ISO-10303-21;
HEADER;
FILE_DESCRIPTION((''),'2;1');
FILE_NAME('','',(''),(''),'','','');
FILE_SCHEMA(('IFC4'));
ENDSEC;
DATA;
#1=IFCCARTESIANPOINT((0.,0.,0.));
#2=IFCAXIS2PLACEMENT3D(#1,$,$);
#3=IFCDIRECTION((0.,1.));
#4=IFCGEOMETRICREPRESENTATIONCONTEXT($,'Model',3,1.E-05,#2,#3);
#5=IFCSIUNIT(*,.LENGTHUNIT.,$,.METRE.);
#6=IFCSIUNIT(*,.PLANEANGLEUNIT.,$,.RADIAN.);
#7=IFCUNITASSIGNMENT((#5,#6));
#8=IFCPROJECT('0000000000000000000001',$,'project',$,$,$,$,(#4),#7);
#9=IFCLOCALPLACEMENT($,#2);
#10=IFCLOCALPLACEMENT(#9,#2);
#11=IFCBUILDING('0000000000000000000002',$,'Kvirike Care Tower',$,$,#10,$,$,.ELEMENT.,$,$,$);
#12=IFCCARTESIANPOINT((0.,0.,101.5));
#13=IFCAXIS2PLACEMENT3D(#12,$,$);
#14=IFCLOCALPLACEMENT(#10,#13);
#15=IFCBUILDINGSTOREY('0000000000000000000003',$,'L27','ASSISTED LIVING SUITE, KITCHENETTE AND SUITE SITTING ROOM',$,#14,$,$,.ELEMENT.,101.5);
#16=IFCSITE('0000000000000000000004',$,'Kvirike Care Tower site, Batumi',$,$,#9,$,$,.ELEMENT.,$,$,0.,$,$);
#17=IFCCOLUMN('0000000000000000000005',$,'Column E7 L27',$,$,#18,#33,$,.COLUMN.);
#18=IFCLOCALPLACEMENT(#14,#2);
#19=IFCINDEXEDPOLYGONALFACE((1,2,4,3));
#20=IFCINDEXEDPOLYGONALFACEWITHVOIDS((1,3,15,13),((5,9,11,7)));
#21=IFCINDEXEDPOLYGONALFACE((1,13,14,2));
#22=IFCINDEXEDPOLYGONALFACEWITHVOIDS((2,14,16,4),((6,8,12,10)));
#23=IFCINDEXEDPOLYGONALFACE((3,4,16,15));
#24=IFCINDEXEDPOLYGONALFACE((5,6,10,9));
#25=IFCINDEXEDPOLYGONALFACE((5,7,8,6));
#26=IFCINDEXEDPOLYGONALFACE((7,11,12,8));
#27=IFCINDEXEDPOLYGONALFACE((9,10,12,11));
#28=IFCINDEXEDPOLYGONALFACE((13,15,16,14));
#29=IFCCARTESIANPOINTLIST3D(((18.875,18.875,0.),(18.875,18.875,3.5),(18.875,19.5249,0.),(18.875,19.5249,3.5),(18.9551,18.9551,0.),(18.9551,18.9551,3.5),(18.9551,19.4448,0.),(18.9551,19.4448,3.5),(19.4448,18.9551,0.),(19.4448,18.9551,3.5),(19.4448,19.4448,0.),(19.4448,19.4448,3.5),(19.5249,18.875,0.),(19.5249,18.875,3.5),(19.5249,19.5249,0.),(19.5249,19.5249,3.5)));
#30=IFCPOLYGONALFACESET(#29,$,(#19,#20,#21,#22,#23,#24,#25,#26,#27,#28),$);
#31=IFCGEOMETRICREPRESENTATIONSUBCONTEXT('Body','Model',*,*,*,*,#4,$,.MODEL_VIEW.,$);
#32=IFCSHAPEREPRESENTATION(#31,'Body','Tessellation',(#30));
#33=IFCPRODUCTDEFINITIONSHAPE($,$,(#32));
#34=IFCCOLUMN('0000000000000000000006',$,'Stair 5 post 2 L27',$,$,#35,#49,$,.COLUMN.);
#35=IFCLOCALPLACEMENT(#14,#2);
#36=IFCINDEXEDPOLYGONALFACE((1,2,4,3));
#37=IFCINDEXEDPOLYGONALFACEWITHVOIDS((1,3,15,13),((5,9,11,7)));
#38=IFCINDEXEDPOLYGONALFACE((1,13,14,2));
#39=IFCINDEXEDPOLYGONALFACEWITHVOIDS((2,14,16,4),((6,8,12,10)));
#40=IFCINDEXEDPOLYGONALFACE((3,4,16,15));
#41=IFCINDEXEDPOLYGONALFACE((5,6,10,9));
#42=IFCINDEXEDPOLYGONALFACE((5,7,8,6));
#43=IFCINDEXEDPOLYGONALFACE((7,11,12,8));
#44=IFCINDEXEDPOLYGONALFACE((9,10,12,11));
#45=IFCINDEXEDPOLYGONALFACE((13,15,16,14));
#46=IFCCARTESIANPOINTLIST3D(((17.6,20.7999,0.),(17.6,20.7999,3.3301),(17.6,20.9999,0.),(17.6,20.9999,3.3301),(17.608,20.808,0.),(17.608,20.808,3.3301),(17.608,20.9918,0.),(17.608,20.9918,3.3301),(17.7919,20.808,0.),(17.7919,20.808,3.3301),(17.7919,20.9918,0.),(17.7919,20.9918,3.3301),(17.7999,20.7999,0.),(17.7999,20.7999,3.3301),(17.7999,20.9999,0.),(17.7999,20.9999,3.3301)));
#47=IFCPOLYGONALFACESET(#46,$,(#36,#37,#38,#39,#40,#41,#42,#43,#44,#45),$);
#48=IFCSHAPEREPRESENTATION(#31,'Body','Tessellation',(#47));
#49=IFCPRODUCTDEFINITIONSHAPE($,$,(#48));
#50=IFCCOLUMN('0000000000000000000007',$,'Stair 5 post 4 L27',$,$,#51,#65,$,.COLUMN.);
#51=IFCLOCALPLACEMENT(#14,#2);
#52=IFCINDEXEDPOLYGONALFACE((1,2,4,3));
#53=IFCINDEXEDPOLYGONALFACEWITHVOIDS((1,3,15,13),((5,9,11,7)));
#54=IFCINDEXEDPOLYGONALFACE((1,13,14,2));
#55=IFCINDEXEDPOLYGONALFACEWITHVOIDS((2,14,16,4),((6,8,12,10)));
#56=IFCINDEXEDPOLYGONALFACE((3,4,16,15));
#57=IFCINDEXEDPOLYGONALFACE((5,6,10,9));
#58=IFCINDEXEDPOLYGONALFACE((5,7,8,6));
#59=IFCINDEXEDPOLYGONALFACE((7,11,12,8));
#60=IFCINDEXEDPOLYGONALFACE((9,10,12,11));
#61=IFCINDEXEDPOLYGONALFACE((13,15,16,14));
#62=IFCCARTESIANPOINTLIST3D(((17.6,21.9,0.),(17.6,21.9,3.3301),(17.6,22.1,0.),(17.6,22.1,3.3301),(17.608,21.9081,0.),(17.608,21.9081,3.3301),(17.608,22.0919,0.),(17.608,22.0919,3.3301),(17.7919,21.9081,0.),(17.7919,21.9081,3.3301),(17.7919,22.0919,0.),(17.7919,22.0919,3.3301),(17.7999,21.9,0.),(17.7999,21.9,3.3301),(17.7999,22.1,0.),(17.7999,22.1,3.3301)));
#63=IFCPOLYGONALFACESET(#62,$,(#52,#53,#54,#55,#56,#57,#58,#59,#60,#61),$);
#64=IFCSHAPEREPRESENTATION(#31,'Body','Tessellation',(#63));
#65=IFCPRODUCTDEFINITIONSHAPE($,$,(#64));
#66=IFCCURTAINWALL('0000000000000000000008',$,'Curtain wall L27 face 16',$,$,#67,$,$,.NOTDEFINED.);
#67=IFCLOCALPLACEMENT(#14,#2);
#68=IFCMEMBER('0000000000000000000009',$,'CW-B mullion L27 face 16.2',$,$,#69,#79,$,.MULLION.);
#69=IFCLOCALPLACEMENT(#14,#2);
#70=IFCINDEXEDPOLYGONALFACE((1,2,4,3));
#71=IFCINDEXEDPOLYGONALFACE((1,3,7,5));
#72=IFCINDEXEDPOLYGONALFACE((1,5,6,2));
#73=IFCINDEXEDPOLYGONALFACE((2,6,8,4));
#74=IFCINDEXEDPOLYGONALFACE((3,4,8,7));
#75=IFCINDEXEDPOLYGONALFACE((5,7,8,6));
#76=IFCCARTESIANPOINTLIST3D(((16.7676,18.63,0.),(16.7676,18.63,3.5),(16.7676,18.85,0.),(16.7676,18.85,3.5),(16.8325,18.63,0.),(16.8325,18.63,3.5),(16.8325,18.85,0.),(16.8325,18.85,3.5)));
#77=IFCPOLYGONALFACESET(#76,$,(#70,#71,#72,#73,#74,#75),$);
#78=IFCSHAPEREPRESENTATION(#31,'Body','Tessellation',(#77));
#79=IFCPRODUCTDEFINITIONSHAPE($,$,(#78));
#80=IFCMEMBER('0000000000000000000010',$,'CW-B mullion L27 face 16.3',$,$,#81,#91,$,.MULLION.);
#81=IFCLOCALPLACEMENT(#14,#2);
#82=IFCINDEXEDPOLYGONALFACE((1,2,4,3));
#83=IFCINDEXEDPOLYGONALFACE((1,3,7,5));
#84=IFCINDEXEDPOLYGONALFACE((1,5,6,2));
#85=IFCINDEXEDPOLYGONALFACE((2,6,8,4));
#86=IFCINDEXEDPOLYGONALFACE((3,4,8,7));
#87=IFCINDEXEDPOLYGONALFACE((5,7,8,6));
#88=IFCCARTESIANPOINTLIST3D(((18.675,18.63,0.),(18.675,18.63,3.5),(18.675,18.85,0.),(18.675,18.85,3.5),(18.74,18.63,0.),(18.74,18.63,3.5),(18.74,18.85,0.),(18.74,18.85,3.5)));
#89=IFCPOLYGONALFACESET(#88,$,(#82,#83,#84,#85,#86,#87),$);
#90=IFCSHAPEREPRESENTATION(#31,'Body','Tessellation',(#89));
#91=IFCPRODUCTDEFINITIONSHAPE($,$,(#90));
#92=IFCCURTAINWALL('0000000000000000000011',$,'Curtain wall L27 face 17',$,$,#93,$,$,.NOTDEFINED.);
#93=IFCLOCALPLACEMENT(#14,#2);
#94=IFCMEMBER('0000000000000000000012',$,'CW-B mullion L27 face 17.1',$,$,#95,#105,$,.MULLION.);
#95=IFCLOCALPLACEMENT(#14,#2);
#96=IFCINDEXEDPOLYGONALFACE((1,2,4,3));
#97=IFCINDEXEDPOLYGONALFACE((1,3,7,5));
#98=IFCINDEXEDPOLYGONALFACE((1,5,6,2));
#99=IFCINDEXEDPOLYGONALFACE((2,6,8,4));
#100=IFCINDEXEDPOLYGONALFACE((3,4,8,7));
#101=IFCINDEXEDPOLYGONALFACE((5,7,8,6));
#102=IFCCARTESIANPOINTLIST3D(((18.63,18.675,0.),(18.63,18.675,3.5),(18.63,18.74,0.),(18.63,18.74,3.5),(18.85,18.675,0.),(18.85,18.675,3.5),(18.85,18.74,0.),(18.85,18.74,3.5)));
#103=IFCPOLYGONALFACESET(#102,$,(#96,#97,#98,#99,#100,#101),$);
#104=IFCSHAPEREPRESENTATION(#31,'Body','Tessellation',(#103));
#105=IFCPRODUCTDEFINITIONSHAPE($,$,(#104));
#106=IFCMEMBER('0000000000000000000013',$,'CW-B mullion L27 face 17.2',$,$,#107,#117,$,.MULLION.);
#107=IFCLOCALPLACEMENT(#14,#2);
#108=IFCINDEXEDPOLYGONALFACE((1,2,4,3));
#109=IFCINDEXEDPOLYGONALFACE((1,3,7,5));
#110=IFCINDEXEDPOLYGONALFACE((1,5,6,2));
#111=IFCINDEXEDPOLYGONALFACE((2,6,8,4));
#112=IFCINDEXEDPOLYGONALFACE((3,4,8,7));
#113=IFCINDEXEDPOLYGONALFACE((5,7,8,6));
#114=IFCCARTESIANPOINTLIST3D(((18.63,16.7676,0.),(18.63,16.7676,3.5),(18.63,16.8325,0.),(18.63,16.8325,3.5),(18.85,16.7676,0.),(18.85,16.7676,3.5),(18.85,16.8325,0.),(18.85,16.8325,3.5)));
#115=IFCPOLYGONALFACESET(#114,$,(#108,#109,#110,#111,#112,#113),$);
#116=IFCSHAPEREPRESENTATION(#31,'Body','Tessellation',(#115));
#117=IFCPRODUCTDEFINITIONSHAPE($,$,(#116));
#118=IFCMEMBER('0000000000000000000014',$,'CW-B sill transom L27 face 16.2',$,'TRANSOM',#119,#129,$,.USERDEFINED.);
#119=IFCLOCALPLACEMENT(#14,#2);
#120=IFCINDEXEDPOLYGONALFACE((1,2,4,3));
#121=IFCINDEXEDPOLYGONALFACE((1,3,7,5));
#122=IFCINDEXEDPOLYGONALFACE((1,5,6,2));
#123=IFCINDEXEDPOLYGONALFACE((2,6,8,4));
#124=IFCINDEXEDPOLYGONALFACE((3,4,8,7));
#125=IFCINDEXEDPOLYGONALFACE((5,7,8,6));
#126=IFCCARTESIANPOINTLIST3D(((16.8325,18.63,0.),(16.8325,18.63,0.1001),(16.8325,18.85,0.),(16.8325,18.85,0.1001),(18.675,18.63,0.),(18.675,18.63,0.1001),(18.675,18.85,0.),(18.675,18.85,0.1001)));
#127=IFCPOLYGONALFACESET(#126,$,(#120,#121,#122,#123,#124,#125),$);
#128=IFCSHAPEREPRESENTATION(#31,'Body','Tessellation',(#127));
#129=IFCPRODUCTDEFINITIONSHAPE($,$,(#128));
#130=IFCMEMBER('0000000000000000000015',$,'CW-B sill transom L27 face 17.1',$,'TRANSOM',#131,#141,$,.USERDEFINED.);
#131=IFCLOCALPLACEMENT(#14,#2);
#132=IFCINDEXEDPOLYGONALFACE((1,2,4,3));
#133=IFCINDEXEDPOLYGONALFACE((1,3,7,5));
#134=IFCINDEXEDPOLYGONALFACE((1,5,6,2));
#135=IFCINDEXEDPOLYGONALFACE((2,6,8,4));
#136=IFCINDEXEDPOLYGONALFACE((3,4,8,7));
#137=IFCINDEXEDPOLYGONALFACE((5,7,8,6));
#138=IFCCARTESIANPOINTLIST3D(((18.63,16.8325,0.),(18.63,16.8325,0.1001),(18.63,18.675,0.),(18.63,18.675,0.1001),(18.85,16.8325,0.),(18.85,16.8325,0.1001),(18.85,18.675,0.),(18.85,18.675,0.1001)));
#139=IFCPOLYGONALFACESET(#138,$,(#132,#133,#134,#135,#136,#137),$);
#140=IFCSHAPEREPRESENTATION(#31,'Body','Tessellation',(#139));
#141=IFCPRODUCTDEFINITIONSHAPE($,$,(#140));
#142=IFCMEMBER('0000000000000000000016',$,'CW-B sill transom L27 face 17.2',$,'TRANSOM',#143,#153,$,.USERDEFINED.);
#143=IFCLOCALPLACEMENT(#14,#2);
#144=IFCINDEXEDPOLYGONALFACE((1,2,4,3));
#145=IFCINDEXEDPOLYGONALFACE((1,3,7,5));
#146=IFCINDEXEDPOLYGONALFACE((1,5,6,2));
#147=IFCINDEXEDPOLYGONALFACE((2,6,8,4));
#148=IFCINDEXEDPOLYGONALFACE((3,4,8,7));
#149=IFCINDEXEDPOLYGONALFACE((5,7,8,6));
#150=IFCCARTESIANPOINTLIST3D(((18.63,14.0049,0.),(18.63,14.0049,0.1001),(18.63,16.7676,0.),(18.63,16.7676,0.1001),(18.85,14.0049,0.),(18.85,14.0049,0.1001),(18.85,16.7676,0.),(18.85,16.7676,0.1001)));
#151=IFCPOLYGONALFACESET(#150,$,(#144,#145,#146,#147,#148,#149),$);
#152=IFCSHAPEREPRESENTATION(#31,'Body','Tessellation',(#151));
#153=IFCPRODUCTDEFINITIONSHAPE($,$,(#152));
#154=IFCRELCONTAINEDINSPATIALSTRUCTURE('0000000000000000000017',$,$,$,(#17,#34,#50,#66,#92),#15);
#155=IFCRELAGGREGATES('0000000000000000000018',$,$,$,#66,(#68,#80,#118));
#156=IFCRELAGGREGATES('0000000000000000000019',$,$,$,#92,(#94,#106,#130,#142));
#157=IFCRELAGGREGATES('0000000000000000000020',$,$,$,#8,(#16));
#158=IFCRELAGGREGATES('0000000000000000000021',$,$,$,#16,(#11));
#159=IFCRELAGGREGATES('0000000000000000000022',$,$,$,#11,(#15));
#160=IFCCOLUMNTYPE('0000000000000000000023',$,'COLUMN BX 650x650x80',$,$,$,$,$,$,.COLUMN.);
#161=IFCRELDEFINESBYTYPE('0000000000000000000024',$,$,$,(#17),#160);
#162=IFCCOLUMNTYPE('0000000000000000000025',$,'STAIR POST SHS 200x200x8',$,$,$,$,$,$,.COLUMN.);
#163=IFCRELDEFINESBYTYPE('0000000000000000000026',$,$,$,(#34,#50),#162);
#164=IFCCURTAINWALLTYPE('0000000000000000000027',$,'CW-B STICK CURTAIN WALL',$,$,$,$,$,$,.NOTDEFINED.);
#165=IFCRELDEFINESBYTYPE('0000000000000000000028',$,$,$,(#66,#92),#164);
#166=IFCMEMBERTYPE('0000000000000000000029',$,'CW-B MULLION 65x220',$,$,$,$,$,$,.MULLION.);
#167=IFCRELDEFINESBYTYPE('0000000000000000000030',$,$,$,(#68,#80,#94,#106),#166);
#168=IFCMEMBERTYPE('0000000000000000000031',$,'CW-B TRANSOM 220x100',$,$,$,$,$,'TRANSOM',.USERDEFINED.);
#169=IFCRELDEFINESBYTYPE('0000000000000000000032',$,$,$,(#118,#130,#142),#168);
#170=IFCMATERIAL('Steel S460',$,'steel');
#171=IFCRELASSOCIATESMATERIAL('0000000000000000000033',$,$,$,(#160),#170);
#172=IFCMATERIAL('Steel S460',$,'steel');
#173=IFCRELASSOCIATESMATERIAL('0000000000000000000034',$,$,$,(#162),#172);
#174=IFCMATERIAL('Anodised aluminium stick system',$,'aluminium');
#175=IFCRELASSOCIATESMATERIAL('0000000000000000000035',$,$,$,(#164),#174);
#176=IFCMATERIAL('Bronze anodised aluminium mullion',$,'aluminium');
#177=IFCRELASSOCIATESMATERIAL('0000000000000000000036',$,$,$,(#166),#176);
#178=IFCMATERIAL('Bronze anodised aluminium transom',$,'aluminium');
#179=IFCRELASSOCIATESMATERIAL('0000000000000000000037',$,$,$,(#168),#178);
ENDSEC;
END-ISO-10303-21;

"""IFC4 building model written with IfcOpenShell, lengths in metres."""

from ifc_helpers import new_model, si_unit, direction, frame, origin, origin_2d, place, context, subcontext, project, spatial, rectangle, hollow_rectangle, extrude, material, material_profile, profile_set, type_object, element, aggregate, save


model = new_model("IFC4")

# Units and contexts
model_context = context("Model", 3, precision=1e-05, world=origin(), true_north=direction((0.0, 1.0)))
body_context = subcontext(model_context, "Body", "Model", "MODEL_VIEW")
ifc_project = project(units=[si_unit("LENGTHUNIT", "METRE"), si_unit("PLANEANGLEUNIT", "RADIAN")], contexts=[model_context])

# Site, building, storey
site_placement = place(None, origin())
site = spatial("IfcSite", under=ifc_project, at=site_placement, Name="Kvirike Care Tower site, Batumi", CompositionType="ELEMENT", RefElevation=0.0)
building_placement = place(site_placement, origin())
building = spatial("IfcBuilding", under=site, at=building_placement, Name="Kvirike Care Tower", CompositionType="ELEMENT")
storey_placement = place(building_placement, frame((0.0, 0.0, 101.5)))
storey = spatial("IfcBuildingStorey", under=building, at=storey_placement, Name="L27", Description="ASSISTED LIVING SUITE, KITCHENETTE AND SUITE SITTING ROOM", CompositionType="ELEMENT", Elevation=101.5)

# Columns
ifc_material_1 = material(Name="Steel S460", Category="steel")
ifc_material_profile_1 = material_profile(ifc_material_1, hollow_rectangle(XDim=0.6499, YDim=0.6499, WallThickness=0.0801, at=origin_2d()), Name="BX 650x650x80")
ifc_profile_set_1 = profile_set([ifc_material_profile_1], Name="Steel S460")
column_type_1 = type_object("IfcColumnType", Name="COLUMN BX 650x650x80", PredefinedType="COLUMN", material=ifc_profile_set_1)
column_placement = place(storey_placement, frame((19.2, 19.2, 0.0), z_axis=(0.0, 0.0, 1.0), x_axis=(0.0, 1.0, 0.0)))
element("IfcColumn", 1, at=column_placement, inside=storey, type_object=column_type_1, Name="Column E7 L27", PredefinedType="COLUMN", context=body_context, shape_type="SweptSolid", body=[
    extrude(hollow_rectangle(XDim=0.6499, YDim=0.6499, WallThickness=0.0801, at=origin_2d()), origin(), (0.0, 0.0, 1.0), 3.5),
])
ifc_material_2 = material(Name="Steel S460", Category="steel")
ifc_material_profile_2 = material_profile(ifc_material_2, hollow_rectangle(XDim=0.2, YDim=0.2, WallThickness=0.0081, at=origin_2d()), Name="SHS 200x200x8")
ifc_profile_set_2 = profile_set([ifc_material_profile_2], Name="Steel S460")
column_type_2 = type_object("IfcColumnType", Name="STAIR POST SHS 200x200x8", PredefinedType="COLUMN", material=ifc_profile_set_2)
for number, where, z_axis, x_axis, name in (
    (2, (17.7, 20.8999, 0.0), (0.0, 0.0, 1.0), (1.0, 0.0, 0.0), "Stair 5 post 2 L27"),
    (3, (17.7, 22.0, 0.0), (0.0, 0.0, 1.0), (1.0, 0.0, 0.0), "Stair 5 post 4 L27"),
):
    element("IfcColumn", number, at=place(storey_placement, frame(where, z_axis=z_axis, x_axis=x_axis)), inside=storey, type_object=column_type_2, Name=name, PredefinedType="COLUMN", context=body_context, shape_type="SweptSolid", body=[
        extrude(hollow_rectangle(XDim=0.2, YDim=0.2, WallThickness=0.0081, at=origin_2d()), origin(), (0.0, 0.0, 1.0), 3.3301),
    ])

# Curtain walls, members
ifc_material_3 = material(Name="Anodised aluminium stick system", Category="aluminium")
curtain_wall_type = type_object("IfcCurtainWallType", Name="CW-B STICK CURTAIN WALL", PredefinedType="NOTDEFINED", material=ifc_material_3)
curtain_wall_1_placement = place(storey_placement, origin())
curtain_wall_1 = element("IfcCurtainWall", 4, at=curtain_wall_1_placement, inside=storey, type_object=curtain_wall_type, Name="Curtain wall L27 face 16", PredefinedType="NOTDEFINED")
ifc_material_4 = material(Name="Bronze anodised aluminium mullion", Category="aluminium")
ifc_material_profile_3 = material_profile(ifc_material_4, rectangle(XDim=0.0649, YDim=0.22, at=origin_2d()), Name="CW-B MULLION 65x220")
ifc_profile_set_3 = profile_set([ifc_material_profile_3], Name="Bronze anodised aluminium mullion")
member_type_1 = type_object("IfcMemberType", Name="CW-B MULLION 65x220", PredefinedType="MULLION", material=ifc_profile_set_3)
member_1_placement = place(storey_placement, frame((16.8, 18.74, 0.0), z_axis=(0.0, 0.0, 1.0), x_axis=(1.0, 0.0, 0.0)))
member_1 = element("IfcMember", 5, at=member_1_placement, type_object=member_type_1, Name="CW-B mullion L27 face 16.2", PredefinedType="MULLION", context=body_context, shape_type="SweptSolid", body=[
    extrude(rectangle(XDim=0.0649, YDim=0.22, at=origin_2d()), origin(), (0.0, 0.0, 1.0), 3.5),
])
member_2_placement = place(storey_placement, frame((18.7075, 18.74, 0.0), z_axis=(0.0, 0.0, 1.0), x_axis=(1.0, 0.0, 0.0)))
member_2 = element("IfcMember", 6, at=member_2_placement, type_object=member_type_1, Name="CW-B mullion L27 face 16.3", PredefinedType="MULLION", context=body_context, shape_type="SweptSolid", body=[
    extrude(rectangle(XDim=0.0649, YDim=0.22, at=origin_2d()), origin(), (0.0, 0.0, 1.0), 3.5),
])
curtain_wall_2_placement = place(storey_placement, origin())
curtain_wall_2 = element("IfcCurtainWall", 7, at=curtain_wall_2_placement, inside=storey, type_object=curtain_wall_type, Name="Curtain wall L27 face 17", PredefinedType="NOTDEFINED")
member_3_placement = place(storey_placement, frame((18.74, 18.7075, 0.0), z_axis=(0.0, 0.0, 1.0), x_axis=(0.0, -1.0, 0.0)))
member_3 = element("IfcMember", 8, at=member_3_placement, type_object=member_type_1, Name="CW-B mullion L27 face 17.1", PredefinedType="MULLION", context=body_context, shape_type="SweptSolid", body=[
    extrude(rectangle(XDim=0.0649, YDim=0.22, at=origin_2d()), origin(), (0.0, 0.0, 1.0), 3.5),
])
member_4_placement = place(storey_placement, frame((18.74, 16.8, 0.0), z_axis=(0.0, 0.0, 1.0), x_axis=(0.0, -1.0, 0.0)))
member_4 = element("IfcMember", 9, at=member_4_placement, type_object=member_type_1, Name="CW-B mullion L27 face 17.2", PredefinedType="MULLION", context=body_context, shape_type="SweptSolid", body=[
    extrude(rectangle(XDim=0.0649, YDim=0.22, at=origin_2d()), origin(), (0.0, 0.0, 1.0), 3.5),
])

# Members
ifc_material_5 = material(Name="Bronze anodised aluminium transom", Category="aluminium")
ifc_material_profile_4 = material_profile(ifc_material_5, rectangle(XDim=0.22, YDim=0.1001, at=origin_2d()), Name="CW-B TRANSOM 220x100")
ifc_profile_set_4 = profile_set([ifc_material_profile_4], Name="Bronze anodised aluminium transom")
member_type_2 = type_object("IfcMemberType", Name="CW-B TRANSOM 220x100", ElementType="TRANSOM", PredefinedType="USERDEFINED", material=ifc_profile_set_4)
member_5_placement = place(storey_placement, frame((16.8325, 18.74, 0.05), z_axis=(1.0, 0.0, 0.0), x_axis=(0.0, 1.0, 0.0)))
member_5 = element("IfcMember", 10, at=member_5_placement, type_object=member_type_2, Name="CW-B sill transom L27 face 16.2", ObjectType="TRANSOM", PredefinedType="USERDEFINED", context=body_context, shape_type="SweptSolid", body=[
    extrude(rectangle(XDim=0.22, YDim=0.1001, at=origin_2d()), origin(), (0.0, 0.0, 1.0), 1.8425),
])
member_6_placement = place(storey_placement, frame((18.74, 18.675, 0.05), z_axis=(0.0, -1.0, 0.0), x_axis=(1.0, 0.0, 0.0)))
member_6 = element("IfcMember", 11, at=member_6_placement, type_object=member_type_2, Name="CW-B sill transom L27 face 17.1", ObjectType="TRANSOM", PredefinedType="USERDEFINED", context=body_context, shape_type="SweptSolid", body=[
    extrude(rectangle(XDim=0.22, YDim=0.1001, at=origin_2d()), origin(), (0.0, 0.0, 1.0), 1.8425),
])
member_7_placement = place(storey_placement, frame((18.74, 16.7676, 0.05), z_axis=(0.0, -1.0, 0.0), x_axis=(1.0, 0.0, 0.0)))
member_7 = element("IfcMember", 12, at=member_7_placement, type_object=member_type_2, Name="CW-B sill transom L27 face 17.2", ObjectType="TRANSOM", PredefinedType="USERDEFINED", context=body_context, shape_type="SweptSolid", body=[
    extrude(rectangle(XDim=0.22, YDim=0.1001, at=origin_2d()), origin(), (0.0, 0.0, 1.0), 2.7627),
])

aggregate(curtain_wall_1, [member_1, member_2, member_5])
aggregate(curtain_wall_2, [member_3, member_4, member_6, member_7])

save(model, "model.ifc")
